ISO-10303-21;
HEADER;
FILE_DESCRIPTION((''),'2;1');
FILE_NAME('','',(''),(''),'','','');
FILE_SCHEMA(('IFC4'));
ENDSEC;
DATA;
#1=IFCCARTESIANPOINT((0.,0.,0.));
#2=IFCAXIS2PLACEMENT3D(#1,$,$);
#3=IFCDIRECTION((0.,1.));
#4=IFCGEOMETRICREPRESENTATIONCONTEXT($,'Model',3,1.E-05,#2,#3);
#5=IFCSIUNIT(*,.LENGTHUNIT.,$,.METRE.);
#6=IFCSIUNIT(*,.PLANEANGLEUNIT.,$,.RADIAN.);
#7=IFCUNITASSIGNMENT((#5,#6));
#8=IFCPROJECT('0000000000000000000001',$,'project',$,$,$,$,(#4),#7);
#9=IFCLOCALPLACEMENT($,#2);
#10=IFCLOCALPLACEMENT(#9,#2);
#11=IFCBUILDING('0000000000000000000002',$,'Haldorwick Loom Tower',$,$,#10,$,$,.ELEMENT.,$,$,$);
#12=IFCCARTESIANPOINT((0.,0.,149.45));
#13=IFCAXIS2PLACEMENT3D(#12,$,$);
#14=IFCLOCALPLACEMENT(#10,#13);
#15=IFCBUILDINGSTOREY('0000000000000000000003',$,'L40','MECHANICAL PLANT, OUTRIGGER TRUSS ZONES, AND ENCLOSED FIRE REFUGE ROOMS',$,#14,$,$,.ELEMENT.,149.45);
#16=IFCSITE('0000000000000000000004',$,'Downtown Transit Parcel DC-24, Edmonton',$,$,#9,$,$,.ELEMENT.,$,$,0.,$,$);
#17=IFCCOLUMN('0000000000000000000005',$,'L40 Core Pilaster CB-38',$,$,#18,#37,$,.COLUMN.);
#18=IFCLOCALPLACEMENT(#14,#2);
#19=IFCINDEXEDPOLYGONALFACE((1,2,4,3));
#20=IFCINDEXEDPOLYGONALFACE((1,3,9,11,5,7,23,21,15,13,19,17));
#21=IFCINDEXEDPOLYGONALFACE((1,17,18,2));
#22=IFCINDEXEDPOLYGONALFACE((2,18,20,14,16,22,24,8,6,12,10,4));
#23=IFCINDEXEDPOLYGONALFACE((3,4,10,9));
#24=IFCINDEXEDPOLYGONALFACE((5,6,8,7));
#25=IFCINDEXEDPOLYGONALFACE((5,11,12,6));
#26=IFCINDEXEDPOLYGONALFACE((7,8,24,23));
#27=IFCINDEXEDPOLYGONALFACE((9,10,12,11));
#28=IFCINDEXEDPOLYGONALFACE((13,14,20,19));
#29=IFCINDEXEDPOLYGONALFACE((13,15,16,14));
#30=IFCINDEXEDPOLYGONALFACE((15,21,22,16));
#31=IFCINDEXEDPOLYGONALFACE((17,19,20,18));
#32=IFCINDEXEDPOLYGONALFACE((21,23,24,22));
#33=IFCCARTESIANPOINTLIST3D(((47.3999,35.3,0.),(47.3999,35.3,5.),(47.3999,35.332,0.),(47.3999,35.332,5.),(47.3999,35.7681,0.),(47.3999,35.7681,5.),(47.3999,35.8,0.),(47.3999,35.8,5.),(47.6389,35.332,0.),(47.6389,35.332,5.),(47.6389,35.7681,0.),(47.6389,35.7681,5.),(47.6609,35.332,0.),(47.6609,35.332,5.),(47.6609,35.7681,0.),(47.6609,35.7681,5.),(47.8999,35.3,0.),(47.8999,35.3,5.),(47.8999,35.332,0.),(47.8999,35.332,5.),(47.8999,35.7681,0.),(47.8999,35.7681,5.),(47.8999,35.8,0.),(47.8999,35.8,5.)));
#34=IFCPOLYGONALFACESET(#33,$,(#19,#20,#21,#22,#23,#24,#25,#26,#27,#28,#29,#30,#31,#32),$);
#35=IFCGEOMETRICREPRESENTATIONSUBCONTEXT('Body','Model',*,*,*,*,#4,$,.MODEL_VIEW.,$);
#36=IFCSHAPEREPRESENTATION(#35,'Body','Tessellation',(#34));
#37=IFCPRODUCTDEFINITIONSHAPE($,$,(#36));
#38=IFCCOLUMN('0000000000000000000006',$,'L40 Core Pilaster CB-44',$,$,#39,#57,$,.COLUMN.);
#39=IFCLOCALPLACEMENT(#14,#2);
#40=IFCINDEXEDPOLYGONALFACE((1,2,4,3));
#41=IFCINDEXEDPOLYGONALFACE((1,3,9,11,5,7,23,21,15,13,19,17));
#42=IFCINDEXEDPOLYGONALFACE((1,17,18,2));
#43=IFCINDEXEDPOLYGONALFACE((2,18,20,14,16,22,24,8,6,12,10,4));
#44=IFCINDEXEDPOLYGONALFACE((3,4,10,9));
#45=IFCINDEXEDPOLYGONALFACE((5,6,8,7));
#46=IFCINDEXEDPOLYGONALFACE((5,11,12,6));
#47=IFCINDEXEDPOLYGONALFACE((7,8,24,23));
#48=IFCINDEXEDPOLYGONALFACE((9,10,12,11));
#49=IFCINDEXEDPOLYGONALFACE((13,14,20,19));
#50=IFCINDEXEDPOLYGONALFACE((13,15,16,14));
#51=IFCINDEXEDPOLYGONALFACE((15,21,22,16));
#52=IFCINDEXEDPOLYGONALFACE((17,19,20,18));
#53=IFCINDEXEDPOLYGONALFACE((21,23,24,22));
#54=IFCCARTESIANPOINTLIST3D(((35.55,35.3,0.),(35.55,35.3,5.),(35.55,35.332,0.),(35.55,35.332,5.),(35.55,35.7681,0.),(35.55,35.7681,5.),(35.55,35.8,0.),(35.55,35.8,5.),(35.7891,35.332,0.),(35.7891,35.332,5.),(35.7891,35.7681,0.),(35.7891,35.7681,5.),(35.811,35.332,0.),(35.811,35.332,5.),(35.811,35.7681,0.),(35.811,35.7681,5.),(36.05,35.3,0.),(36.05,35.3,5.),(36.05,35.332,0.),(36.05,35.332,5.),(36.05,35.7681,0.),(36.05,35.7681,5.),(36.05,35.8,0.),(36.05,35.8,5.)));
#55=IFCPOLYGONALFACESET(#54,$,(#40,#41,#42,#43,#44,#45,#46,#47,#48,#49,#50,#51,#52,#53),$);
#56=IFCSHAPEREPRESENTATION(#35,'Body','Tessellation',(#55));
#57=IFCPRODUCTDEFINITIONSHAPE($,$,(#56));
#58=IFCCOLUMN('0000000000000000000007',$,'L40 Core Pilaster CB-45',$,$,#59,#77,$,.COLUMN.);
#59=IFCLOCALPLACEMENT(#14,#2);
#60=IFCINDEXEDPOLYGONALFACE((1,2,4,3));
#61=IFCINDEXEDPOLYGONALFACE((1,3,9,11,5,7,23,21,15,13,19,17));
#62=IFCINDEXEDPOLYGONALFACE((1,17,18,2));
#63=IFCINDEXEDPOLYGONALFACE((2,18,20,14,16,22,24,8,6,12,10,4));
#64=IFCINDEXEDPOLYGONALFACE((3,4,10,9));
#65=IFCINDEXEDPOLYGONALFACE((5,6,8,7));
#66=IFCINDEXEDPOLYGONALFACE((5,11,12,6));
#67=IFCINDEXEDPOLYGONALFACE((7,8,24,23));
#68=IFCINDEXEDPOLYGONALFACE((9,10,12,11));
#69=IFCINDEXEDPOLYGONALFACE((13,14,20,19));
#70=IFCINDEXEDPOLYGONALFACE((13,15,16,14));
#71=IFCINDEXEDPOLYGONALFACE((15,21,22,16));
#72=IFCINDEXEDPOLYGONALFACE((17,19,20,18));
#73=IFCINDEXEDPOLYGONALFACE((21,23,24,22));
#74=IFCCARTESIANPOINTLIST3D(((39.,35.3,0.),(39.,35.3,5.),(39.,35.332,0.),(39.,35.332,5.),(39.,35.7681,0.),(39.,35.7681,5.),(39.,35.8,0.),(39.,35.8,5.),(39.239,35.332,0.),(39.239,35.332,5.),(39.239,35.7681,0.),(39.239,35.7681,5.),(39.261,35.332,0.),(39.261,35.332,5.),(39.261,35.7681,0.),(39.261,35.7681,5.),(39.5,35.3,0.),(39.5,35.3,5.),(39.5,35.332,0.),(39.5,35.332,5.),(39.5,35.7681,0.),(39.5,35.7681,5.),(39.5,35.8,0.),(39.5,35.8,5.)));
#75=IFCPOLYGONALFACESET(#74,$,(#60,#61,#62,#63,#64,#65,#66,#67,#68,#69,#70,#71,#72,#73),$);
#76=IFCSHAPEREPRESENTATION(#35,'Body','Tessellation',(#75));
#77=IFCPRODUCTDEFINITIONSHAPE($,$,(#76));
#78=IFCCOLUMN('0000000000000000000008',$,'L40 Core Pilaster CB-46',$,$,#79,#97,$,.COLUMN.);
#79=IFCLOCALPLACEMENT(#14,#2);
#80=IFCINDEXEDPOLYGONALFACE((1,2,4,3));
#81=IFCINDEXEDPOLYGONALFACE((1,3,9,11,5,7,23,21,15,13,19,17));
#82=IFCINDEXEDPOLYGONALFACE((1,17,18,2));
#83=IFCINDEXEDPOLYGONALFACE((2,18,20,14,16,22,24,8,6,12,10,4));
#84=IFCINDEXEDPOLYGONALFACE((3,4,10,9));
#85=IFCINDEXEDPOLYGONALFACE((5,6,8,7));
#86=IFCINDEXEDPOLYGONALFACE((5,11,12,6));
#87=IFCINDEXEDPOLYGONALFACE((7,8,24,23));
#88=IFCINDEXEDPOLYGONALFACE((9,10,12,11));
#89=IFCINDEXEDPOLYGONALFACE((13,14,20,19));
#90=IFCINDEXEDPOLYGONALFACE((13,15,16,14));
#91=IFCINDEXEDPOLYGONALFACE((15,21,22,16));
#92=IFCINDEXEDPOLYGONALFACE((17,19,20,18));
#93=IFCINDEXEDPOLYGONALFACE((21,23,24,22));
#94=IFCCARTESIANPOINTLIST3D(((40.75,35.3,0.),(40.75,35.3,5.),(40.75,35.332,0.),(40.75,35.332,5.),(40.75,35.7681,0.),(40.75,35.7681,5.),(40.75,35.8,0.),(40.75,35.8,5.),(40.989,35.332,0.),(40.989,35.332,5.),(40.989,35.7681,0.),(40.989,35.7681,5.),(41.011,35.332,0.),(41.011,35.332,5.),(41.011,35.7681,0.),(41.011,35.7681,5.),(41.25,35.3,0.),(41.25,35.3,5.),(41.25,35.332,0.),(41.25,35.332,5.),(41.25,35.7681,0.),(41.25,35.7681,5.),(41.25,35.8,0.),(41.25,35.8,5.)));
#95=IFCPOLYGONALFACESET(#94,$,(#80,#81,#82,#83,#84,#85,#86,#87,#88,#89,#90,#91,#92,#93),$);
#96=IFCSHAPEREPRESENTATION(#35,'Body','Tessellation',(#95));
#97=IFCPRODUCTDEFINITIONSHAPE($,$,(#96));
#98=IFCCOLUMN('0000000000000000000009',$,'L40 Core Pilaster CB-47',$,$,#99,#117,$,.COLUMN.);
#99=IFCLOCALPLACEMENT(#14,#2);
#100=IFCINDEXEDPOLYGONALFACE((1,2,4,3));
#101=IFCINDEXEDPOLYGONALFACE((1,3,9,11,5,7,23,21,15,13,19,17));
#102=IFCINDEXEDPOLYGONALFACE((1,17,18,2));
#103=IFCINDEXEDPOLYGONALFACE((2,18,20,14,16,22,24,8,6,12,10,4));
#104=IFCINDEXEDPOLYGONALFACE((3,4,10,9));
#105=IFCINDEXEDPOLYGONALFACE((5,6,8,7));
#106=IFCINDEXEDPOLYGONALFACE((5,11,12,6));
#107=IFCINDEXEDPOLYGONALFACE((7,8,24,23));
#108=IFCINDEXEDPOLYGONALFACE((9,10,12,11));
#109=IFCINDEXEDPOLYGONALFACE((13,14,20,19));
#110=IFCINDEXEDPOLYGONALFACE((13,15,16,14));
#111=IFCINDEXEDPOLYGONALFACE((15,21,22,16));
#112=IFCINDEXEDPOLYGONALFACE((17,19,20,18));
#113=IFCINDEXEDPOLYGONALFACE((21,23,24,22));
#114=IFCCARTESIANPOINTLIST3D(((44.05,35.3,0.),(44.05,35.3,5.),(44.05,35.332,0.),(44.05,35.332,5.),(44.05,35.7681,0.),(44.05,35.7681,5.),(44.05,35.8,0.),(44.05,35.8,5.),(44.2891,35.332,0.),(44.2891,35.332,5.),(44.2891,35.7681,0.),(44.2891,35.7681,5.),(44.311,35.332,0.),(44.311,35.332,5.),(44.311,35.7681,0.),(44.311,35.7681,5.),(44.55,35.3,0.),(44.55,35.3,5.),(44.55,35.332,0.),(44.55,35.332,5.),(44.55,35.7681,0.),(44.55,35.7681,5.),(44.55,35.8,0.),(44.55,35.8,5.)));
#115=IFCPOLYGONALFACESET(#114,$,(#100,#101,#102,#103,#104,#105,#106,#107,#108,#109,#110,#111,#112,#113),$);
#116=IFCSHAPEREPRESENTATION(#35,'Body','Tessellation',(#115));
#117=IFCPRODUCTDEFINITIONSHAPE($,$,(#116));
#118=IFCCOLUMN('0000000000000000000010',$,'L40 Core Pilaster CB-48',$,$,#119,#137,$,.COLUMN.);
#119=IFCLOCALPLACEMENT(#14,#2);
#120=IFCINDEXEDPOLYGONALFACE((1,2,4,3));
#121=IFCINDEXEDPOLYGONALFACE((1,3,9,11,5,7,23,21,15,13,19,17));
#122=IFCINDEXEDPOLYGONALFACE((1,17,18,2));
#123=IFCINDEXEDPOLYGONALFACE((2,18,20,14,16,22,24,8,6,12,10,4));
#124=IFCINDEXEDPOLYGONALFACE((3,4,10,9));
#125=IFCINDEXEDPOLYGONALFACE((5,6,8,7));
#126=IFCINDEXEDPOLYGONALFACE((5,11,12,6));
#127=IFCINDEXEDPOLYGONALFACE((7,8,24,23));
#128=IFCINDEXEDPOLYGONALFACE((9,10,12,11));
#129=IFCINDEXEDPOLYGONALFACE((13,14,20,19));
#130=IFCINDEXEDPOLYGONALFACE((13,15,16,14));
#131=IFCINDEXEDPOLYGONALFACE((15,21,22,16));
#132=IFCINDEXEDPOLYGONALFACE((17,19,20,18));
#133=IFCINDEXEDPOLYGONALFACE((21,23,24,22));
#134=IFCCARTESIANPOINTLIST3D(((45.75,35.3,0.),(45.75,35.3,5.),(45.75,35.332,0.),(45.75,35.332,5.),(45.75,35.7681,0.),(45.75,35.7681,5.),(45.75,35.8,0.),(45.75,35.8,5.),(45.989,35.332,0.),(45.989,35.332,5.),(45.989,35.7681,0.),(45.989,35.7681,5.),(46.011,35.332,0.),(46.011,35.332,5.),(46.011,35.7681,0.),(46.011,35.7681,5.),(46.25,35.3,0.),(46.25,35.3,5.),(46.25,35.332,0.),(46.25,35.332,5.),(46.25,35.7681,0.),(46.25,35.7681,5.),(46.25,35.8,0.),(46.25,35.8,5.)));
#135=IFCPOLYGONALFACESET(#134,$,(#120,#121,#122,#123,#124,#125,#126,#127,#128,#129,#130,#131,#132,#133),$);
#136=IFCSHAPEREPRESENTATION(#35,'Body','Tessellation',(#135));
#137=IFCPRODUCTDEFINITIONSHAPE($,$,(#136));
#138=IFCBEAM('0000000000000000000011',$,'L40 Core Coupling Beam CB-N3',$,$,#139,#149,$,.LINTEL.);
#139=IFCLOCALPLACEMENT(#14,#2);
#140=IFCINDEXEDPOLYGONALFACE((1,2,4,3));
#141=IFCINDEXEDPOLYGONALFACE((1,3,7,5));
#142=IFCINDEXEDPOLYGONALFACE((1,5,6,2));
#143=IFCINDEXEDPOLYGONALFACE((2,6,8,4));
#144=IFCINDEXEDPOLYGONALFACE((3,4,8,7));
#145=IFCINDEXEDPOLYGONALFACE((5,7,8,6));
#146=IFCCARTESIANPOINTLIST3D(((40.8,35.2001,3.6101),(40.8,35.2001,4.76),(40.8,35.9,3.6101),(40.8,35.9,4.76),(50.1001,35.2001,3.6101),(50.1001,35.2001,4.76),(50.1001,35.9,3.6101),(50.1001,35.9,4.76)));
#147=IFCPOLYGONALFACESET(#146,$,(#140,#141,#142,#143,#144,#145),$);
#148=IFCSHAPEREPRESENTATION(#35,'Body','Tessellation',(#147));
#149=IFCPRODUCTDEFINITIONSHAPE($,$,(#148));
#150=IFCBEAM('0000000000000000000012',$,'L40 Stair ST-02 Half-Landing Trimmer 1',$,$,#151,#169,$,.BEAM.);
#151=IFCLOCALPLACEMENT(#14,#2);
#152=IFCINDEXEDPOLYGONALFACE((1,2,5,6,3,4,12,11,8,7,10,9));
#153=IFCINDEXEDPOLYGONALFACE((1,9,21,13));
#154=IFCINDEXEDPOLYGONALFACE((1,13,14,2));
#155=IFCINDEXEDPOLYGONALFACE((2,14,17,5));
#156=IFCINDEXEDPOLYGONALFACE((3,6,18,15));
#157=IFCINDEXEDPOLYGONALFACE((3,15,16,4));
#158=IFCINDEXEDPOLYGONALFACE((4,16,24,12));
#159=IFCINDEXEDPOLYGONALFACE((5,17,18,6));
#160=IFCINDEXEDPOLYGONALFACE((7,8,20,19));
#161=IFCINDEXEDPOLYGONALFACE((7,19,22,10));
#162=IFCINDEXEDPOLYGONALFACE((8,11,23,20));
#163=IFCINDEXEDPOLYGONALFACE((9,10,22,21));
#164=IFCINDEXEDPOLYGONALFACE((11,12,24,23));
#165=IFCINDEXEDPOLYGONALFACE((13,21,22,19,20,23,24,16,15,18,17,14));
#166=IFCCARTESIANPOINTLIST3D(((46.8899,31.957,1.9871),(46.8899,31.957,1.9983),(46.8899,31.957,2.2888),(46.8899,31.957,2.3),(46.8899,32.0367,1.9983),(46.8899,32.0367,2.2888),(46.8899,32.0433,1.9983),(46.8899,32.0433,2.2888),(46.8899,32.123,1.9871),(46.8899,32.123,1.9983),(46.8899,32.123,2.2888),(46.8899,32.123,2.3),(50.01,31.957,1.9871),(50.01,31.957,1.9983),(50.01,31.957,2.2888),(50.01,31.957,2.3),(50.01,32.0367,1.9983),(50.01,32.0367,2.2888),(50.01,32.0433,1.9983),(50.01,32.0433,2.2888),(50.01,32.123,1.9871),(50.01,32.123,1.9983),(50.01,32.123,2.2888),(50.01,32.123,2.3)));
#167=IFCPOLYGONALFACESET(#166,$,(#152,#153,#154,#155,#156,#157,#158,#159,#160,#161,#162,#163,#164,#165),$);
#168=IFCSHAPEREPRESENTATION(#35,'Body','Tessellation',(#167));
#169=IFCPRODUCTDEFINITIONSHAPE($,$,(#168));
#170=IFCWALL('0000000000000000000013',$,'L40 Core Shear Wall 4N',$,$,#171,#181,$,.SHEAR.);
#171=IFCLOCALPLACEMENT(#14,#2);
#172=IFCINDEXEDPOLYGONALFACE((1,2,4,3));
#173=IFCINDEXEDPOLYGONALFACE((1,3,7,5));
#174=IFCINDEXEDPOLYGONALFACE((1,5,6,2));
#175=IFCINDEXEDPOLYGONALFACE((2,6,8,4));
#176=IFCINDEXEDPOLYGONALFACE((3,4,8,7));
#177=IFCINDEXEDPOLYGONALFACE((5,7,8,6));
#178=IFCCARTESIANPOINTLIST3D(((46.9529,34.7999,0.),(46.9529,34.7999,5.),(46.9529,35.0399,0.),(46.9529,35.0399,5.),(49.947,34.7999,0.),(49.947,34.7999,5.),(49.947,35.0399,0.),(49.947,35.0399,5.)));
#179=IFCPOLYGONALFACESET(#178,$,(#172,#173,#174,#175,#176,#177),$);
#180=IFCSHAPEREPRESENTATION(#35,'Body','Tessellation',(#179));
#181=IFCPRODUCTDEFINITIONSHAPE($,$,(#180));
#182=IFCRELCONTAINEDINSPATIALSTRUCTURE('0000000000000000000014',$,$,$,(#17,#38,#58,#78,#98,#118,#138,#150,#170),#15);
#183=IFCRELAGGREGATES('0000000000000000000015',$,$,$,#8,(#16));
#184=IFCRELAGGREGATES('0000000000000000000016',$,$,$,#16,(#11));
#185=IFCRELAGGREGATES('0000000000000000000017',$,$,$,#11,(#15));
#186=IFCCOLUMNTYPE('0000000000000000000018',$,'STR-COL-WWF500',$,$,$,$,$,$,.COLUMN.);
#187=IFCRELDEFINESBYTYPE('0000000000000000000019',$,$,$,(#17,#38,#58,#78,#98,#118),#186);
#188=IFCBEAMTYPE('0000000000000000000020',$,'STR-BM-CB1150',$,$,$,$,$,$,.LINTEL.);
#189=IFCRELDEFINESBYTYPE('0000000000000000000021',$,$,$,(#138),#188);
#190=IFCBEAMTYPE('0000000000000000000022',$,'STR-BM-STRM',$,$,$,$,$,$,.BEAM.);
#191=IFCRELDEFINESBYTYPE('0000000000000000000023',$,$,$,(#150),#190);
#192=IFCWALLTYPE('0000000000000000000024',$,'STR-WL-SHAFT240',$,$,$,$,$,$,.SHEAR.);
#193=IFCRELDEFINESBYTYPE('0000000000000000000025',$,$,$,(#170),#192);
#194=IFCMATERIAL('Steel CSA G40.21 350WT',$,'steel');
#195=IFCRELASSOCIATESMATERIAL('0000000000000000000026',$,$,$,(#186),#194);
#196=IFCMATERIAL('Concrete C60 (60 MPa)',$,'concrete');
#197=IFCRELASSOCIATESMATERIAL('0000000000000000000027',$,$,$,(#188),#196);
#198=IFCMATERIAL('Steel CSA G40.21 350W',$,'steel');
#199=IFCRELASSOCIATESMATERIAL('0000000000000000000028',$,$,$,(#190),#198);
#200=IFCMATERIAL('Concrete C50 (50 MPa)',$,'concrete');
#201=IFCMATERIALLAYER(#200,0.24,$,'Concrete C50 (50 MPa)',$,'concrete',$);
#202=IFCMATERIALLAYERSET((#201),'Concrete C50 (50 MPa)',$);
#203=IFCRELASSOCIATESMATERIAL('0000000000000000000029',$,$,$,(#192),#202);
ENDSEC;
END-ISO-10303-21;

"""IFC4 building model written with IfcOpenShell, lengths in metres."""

from ifc_helpers import new_model, si_unit, direction, frame, frame_2d, origin, origin_2d, place, context, subcontext, project, spatial, rectangle, i_section, extrude, material, layer, layer_set, material_profile, profile_set, type_object, element, save


model = new_model("IFC4")

# Units and contexts
model_context = context("Model", 3, precision=1e-05, world=origin(), true_north=direction((0.0, 1.0)))
body_context = subcontext(model_context, "Body", "Model", "MODEL_VIEW")
ifc_project = project(units=[si_unit("LENGTHUNIT", "METRE"), si_unit("PLANEANGLEUNIT", "RADIAN")], contexts=[model_context])

# Site, building, storey
site_placement = place(None, origin())
site = spatial("IfcSite", under=ifc_project, at=site_placement, Name="Downtown Transit Parcel DC-24, Edmonton", CompositionType="ELEMENT", RefElevation=0.0)
building_placement = place(site_placement, origin())
building = spatial("IfcBuilding", under=site, at=building_placement, Name="Haldorwick Loom Tower", CompositionType="ELEMENT")
storey_placement = place(building_placement, frame((0.0, 0.0, 149.45)))
storey = spatial("IfcBuildingStorey", under=building, at=storey_placement, Name="L40", Description="MECHANICAL PLANT, OUTRIGGER TRUSS ZONES, AND ENCLOSED FIRE REFUGE ROOMS", CompositionType="ELEMENT", Elevation=149.45)

# Columns
ifc_material_1 = material(Name="Steel CSA G40.21 350WT", Category="steel")
ifc_material_profile_1 = material_profile(ifc_material_1, i_section(OverallWidth=0.5, OverallDepth=0.5, WebThickness=0.022, FlangeThickness=0.032, at=origin_2d()), Name="WWF500X500", Category="steel")
ifc_profile_set_1 = profile_set([ifc_material_profile_1], Name="Steel CSA G40.21 350WT")
column_type = type_object("IfcColumnType", Name="STR-COL-WWF500", PredefinedType="COLUMN", material=ifc_profile_set_1)
for number, where, z_axis, x_axis, name in (
    (1, (47.6499, 35.55, 0.0), (0.0, 0.0, 1.0), (1.0, 0.0, 0.0), "L40 Core Pilaster CB-38"),
    (2, (35.8, 35.55, 0.0), (0.0, 0.0, 1.0), (1.0, 0.0, 0.0), "L40 Core Pilaster CB-44"),
    (3, (39.25, 35.55, 0.0), (0.0, 0.0, 1.0), (1.0, 0.0, 0.0), "L40 Core Pilaster CB-45"),
    (4, (41.0, 35.55, 0.0), (0.0, 0.0, 1.0), (1.0, 0.0, 0.0), "L40 Core Pilaster CB-46"),
    (5, (44.3, 35.55, 0.0), (0.0, 0.0, 1.0), (1.0, 0.0, 0.0), "L40 Core Pilaster CB-47"),
    (6, (46.0, 35.55, 0.0), (0.0, 0.0, 1.0), (1.0, 0.0, 0.0), "L40 Core Pilaster CB-48"),
):
    element("IfcColumn", number, at=place(storey_placement, frame(where, z_axis=z_axis, x_axis=x_axis)), inside=storey, type_object=column_type, Name=name, PredefinedType="COLUMN", context=body_context, shape_type="SweptSolid", body=[
        extrude(i_section(OverallWidth=0.5, OverallDepth=0.5, WebThickness=0.022, FlangeThickness=0.032, at=origin_2d()), origin(), (0.0, 0.0, 1.0), 5.0),
    ])

# Beams
ifc_material_2 = material(Name="Concrete C60 (60 MPa)", Category="concrete")
ifc_material_profile_2 = material_profile(ifc_material_2, rectangle(XDim=0.7, YDim=1.1499, at=origin_2d()), Name="RC700X1150", Category="concrete")
ifc_profile_set_2 = profile_set([ifc_material_profile_2], Name="Concrete C60 (60 MPa)")
beam_type_1 = type_object("IfcBeamType", Name="STR-BM-CB1150", PredefinedType="LINTEL", material=ifc_profile_set_2)
beam_1_placement = place(storey_placement, frame((40.8, 35.55, 4.1851), z_axis=(1.0, 0.0, 0.0), x_axis=(0.0, 1.0, 0.0)))
element("IfcBeam", 7, at=beam_1_placement, inside=storey, type_object=beam_type_1, Name="L40 Core Coupling Beam CB-N3", PredefinedType="LINTEL", context=body_context, shape_type="SweptSolid", body=[
    extrude(rectangle(XDim=0.7, YDim=1.1499, at=origin_2d()), origin(), (0.0, 0.0, 1.0), 9.3),
])
ifc_material_3 = material(Name="Steel CSA G40.21 350W", Category="steel")
ifc_material_profile_3 = material_profile(ifc_material_3, i_section(OverallWidth=0.166, OverallDepth=0.313, WebThickness=0.0066, FlangeThickness=0.0112, at=origin_2d()), Name="W310X45", Category="steel")
ifc_profile_set_3 = profile_set([ifc_material_profile_3], Name="Steel CSA G40.21 350W")
beam_type_2 = type_object("IfcBeamType", Name="STR-BM-STRM", PredefinedType="BEAM", material=ifc_profile_set_3)
beam_2_placement = place(storey_placement, frame((46.8899, 32.04, 2.1436), z_axis=(1.0, 0.0, 0.0), x_axis=(0.0, 1.0, 0.0)))
element("IfcBeam", 8, at=beam_2_placement, inside=storey, type_object=beam_type_2, Name="L40 Stair ST-02 Half-Landing Trimmer 1", PredefinedType="BEAM", context=body_context, shape_type="SweptSolid", body=[
    extrude(i_section(OverallWidth=0.166, OverallDepth=0.313, WebThickness=0.0066, FlangeThickness=0.0112, at=origin_2d()), origin(), (0.0, 0.0, 1.0), 3.1201),
])

# Wall
ifc_material_4 = material(Name="Concrete C50 (50 MPa)", Category="concrete")
ifc_layer = layer(ifc_material_4, 0.24, Name="Concrete C50 (50 MPa)", Category="concrete")
ifc_layer_set = layer_set([ifc_layer], Name="Concrete C50 (50 MPa)")
wall_type = type_object("IfcWallType", Name="STR-WL-SHAFT240", PredefinedType="SHEAR", material=ifc_layer_set)
wall_1_placement = place(storey_placement, frame((46.9529, 34.9199, 0.0), z_axis=(0.0, 0.0, 1.0), x_axis=(1.0, 0.0, 0.0)))
element("IfcWall", 9, at=wall_1_placement, inside=storey, type_object=wall_type, Name="L40 Core Shear Wall 4N", PredefinedType="SHEAR", context=body_context, shape_type="SweptSolid", body=[
    extrude(rectangle(XDim=2.9941, YDim=0.24, at=frame_2d((1.4971, 0.0))), origin(), (0.0, 0.0, 1.0), 5.0),
])

save(model, "model.ifc")
